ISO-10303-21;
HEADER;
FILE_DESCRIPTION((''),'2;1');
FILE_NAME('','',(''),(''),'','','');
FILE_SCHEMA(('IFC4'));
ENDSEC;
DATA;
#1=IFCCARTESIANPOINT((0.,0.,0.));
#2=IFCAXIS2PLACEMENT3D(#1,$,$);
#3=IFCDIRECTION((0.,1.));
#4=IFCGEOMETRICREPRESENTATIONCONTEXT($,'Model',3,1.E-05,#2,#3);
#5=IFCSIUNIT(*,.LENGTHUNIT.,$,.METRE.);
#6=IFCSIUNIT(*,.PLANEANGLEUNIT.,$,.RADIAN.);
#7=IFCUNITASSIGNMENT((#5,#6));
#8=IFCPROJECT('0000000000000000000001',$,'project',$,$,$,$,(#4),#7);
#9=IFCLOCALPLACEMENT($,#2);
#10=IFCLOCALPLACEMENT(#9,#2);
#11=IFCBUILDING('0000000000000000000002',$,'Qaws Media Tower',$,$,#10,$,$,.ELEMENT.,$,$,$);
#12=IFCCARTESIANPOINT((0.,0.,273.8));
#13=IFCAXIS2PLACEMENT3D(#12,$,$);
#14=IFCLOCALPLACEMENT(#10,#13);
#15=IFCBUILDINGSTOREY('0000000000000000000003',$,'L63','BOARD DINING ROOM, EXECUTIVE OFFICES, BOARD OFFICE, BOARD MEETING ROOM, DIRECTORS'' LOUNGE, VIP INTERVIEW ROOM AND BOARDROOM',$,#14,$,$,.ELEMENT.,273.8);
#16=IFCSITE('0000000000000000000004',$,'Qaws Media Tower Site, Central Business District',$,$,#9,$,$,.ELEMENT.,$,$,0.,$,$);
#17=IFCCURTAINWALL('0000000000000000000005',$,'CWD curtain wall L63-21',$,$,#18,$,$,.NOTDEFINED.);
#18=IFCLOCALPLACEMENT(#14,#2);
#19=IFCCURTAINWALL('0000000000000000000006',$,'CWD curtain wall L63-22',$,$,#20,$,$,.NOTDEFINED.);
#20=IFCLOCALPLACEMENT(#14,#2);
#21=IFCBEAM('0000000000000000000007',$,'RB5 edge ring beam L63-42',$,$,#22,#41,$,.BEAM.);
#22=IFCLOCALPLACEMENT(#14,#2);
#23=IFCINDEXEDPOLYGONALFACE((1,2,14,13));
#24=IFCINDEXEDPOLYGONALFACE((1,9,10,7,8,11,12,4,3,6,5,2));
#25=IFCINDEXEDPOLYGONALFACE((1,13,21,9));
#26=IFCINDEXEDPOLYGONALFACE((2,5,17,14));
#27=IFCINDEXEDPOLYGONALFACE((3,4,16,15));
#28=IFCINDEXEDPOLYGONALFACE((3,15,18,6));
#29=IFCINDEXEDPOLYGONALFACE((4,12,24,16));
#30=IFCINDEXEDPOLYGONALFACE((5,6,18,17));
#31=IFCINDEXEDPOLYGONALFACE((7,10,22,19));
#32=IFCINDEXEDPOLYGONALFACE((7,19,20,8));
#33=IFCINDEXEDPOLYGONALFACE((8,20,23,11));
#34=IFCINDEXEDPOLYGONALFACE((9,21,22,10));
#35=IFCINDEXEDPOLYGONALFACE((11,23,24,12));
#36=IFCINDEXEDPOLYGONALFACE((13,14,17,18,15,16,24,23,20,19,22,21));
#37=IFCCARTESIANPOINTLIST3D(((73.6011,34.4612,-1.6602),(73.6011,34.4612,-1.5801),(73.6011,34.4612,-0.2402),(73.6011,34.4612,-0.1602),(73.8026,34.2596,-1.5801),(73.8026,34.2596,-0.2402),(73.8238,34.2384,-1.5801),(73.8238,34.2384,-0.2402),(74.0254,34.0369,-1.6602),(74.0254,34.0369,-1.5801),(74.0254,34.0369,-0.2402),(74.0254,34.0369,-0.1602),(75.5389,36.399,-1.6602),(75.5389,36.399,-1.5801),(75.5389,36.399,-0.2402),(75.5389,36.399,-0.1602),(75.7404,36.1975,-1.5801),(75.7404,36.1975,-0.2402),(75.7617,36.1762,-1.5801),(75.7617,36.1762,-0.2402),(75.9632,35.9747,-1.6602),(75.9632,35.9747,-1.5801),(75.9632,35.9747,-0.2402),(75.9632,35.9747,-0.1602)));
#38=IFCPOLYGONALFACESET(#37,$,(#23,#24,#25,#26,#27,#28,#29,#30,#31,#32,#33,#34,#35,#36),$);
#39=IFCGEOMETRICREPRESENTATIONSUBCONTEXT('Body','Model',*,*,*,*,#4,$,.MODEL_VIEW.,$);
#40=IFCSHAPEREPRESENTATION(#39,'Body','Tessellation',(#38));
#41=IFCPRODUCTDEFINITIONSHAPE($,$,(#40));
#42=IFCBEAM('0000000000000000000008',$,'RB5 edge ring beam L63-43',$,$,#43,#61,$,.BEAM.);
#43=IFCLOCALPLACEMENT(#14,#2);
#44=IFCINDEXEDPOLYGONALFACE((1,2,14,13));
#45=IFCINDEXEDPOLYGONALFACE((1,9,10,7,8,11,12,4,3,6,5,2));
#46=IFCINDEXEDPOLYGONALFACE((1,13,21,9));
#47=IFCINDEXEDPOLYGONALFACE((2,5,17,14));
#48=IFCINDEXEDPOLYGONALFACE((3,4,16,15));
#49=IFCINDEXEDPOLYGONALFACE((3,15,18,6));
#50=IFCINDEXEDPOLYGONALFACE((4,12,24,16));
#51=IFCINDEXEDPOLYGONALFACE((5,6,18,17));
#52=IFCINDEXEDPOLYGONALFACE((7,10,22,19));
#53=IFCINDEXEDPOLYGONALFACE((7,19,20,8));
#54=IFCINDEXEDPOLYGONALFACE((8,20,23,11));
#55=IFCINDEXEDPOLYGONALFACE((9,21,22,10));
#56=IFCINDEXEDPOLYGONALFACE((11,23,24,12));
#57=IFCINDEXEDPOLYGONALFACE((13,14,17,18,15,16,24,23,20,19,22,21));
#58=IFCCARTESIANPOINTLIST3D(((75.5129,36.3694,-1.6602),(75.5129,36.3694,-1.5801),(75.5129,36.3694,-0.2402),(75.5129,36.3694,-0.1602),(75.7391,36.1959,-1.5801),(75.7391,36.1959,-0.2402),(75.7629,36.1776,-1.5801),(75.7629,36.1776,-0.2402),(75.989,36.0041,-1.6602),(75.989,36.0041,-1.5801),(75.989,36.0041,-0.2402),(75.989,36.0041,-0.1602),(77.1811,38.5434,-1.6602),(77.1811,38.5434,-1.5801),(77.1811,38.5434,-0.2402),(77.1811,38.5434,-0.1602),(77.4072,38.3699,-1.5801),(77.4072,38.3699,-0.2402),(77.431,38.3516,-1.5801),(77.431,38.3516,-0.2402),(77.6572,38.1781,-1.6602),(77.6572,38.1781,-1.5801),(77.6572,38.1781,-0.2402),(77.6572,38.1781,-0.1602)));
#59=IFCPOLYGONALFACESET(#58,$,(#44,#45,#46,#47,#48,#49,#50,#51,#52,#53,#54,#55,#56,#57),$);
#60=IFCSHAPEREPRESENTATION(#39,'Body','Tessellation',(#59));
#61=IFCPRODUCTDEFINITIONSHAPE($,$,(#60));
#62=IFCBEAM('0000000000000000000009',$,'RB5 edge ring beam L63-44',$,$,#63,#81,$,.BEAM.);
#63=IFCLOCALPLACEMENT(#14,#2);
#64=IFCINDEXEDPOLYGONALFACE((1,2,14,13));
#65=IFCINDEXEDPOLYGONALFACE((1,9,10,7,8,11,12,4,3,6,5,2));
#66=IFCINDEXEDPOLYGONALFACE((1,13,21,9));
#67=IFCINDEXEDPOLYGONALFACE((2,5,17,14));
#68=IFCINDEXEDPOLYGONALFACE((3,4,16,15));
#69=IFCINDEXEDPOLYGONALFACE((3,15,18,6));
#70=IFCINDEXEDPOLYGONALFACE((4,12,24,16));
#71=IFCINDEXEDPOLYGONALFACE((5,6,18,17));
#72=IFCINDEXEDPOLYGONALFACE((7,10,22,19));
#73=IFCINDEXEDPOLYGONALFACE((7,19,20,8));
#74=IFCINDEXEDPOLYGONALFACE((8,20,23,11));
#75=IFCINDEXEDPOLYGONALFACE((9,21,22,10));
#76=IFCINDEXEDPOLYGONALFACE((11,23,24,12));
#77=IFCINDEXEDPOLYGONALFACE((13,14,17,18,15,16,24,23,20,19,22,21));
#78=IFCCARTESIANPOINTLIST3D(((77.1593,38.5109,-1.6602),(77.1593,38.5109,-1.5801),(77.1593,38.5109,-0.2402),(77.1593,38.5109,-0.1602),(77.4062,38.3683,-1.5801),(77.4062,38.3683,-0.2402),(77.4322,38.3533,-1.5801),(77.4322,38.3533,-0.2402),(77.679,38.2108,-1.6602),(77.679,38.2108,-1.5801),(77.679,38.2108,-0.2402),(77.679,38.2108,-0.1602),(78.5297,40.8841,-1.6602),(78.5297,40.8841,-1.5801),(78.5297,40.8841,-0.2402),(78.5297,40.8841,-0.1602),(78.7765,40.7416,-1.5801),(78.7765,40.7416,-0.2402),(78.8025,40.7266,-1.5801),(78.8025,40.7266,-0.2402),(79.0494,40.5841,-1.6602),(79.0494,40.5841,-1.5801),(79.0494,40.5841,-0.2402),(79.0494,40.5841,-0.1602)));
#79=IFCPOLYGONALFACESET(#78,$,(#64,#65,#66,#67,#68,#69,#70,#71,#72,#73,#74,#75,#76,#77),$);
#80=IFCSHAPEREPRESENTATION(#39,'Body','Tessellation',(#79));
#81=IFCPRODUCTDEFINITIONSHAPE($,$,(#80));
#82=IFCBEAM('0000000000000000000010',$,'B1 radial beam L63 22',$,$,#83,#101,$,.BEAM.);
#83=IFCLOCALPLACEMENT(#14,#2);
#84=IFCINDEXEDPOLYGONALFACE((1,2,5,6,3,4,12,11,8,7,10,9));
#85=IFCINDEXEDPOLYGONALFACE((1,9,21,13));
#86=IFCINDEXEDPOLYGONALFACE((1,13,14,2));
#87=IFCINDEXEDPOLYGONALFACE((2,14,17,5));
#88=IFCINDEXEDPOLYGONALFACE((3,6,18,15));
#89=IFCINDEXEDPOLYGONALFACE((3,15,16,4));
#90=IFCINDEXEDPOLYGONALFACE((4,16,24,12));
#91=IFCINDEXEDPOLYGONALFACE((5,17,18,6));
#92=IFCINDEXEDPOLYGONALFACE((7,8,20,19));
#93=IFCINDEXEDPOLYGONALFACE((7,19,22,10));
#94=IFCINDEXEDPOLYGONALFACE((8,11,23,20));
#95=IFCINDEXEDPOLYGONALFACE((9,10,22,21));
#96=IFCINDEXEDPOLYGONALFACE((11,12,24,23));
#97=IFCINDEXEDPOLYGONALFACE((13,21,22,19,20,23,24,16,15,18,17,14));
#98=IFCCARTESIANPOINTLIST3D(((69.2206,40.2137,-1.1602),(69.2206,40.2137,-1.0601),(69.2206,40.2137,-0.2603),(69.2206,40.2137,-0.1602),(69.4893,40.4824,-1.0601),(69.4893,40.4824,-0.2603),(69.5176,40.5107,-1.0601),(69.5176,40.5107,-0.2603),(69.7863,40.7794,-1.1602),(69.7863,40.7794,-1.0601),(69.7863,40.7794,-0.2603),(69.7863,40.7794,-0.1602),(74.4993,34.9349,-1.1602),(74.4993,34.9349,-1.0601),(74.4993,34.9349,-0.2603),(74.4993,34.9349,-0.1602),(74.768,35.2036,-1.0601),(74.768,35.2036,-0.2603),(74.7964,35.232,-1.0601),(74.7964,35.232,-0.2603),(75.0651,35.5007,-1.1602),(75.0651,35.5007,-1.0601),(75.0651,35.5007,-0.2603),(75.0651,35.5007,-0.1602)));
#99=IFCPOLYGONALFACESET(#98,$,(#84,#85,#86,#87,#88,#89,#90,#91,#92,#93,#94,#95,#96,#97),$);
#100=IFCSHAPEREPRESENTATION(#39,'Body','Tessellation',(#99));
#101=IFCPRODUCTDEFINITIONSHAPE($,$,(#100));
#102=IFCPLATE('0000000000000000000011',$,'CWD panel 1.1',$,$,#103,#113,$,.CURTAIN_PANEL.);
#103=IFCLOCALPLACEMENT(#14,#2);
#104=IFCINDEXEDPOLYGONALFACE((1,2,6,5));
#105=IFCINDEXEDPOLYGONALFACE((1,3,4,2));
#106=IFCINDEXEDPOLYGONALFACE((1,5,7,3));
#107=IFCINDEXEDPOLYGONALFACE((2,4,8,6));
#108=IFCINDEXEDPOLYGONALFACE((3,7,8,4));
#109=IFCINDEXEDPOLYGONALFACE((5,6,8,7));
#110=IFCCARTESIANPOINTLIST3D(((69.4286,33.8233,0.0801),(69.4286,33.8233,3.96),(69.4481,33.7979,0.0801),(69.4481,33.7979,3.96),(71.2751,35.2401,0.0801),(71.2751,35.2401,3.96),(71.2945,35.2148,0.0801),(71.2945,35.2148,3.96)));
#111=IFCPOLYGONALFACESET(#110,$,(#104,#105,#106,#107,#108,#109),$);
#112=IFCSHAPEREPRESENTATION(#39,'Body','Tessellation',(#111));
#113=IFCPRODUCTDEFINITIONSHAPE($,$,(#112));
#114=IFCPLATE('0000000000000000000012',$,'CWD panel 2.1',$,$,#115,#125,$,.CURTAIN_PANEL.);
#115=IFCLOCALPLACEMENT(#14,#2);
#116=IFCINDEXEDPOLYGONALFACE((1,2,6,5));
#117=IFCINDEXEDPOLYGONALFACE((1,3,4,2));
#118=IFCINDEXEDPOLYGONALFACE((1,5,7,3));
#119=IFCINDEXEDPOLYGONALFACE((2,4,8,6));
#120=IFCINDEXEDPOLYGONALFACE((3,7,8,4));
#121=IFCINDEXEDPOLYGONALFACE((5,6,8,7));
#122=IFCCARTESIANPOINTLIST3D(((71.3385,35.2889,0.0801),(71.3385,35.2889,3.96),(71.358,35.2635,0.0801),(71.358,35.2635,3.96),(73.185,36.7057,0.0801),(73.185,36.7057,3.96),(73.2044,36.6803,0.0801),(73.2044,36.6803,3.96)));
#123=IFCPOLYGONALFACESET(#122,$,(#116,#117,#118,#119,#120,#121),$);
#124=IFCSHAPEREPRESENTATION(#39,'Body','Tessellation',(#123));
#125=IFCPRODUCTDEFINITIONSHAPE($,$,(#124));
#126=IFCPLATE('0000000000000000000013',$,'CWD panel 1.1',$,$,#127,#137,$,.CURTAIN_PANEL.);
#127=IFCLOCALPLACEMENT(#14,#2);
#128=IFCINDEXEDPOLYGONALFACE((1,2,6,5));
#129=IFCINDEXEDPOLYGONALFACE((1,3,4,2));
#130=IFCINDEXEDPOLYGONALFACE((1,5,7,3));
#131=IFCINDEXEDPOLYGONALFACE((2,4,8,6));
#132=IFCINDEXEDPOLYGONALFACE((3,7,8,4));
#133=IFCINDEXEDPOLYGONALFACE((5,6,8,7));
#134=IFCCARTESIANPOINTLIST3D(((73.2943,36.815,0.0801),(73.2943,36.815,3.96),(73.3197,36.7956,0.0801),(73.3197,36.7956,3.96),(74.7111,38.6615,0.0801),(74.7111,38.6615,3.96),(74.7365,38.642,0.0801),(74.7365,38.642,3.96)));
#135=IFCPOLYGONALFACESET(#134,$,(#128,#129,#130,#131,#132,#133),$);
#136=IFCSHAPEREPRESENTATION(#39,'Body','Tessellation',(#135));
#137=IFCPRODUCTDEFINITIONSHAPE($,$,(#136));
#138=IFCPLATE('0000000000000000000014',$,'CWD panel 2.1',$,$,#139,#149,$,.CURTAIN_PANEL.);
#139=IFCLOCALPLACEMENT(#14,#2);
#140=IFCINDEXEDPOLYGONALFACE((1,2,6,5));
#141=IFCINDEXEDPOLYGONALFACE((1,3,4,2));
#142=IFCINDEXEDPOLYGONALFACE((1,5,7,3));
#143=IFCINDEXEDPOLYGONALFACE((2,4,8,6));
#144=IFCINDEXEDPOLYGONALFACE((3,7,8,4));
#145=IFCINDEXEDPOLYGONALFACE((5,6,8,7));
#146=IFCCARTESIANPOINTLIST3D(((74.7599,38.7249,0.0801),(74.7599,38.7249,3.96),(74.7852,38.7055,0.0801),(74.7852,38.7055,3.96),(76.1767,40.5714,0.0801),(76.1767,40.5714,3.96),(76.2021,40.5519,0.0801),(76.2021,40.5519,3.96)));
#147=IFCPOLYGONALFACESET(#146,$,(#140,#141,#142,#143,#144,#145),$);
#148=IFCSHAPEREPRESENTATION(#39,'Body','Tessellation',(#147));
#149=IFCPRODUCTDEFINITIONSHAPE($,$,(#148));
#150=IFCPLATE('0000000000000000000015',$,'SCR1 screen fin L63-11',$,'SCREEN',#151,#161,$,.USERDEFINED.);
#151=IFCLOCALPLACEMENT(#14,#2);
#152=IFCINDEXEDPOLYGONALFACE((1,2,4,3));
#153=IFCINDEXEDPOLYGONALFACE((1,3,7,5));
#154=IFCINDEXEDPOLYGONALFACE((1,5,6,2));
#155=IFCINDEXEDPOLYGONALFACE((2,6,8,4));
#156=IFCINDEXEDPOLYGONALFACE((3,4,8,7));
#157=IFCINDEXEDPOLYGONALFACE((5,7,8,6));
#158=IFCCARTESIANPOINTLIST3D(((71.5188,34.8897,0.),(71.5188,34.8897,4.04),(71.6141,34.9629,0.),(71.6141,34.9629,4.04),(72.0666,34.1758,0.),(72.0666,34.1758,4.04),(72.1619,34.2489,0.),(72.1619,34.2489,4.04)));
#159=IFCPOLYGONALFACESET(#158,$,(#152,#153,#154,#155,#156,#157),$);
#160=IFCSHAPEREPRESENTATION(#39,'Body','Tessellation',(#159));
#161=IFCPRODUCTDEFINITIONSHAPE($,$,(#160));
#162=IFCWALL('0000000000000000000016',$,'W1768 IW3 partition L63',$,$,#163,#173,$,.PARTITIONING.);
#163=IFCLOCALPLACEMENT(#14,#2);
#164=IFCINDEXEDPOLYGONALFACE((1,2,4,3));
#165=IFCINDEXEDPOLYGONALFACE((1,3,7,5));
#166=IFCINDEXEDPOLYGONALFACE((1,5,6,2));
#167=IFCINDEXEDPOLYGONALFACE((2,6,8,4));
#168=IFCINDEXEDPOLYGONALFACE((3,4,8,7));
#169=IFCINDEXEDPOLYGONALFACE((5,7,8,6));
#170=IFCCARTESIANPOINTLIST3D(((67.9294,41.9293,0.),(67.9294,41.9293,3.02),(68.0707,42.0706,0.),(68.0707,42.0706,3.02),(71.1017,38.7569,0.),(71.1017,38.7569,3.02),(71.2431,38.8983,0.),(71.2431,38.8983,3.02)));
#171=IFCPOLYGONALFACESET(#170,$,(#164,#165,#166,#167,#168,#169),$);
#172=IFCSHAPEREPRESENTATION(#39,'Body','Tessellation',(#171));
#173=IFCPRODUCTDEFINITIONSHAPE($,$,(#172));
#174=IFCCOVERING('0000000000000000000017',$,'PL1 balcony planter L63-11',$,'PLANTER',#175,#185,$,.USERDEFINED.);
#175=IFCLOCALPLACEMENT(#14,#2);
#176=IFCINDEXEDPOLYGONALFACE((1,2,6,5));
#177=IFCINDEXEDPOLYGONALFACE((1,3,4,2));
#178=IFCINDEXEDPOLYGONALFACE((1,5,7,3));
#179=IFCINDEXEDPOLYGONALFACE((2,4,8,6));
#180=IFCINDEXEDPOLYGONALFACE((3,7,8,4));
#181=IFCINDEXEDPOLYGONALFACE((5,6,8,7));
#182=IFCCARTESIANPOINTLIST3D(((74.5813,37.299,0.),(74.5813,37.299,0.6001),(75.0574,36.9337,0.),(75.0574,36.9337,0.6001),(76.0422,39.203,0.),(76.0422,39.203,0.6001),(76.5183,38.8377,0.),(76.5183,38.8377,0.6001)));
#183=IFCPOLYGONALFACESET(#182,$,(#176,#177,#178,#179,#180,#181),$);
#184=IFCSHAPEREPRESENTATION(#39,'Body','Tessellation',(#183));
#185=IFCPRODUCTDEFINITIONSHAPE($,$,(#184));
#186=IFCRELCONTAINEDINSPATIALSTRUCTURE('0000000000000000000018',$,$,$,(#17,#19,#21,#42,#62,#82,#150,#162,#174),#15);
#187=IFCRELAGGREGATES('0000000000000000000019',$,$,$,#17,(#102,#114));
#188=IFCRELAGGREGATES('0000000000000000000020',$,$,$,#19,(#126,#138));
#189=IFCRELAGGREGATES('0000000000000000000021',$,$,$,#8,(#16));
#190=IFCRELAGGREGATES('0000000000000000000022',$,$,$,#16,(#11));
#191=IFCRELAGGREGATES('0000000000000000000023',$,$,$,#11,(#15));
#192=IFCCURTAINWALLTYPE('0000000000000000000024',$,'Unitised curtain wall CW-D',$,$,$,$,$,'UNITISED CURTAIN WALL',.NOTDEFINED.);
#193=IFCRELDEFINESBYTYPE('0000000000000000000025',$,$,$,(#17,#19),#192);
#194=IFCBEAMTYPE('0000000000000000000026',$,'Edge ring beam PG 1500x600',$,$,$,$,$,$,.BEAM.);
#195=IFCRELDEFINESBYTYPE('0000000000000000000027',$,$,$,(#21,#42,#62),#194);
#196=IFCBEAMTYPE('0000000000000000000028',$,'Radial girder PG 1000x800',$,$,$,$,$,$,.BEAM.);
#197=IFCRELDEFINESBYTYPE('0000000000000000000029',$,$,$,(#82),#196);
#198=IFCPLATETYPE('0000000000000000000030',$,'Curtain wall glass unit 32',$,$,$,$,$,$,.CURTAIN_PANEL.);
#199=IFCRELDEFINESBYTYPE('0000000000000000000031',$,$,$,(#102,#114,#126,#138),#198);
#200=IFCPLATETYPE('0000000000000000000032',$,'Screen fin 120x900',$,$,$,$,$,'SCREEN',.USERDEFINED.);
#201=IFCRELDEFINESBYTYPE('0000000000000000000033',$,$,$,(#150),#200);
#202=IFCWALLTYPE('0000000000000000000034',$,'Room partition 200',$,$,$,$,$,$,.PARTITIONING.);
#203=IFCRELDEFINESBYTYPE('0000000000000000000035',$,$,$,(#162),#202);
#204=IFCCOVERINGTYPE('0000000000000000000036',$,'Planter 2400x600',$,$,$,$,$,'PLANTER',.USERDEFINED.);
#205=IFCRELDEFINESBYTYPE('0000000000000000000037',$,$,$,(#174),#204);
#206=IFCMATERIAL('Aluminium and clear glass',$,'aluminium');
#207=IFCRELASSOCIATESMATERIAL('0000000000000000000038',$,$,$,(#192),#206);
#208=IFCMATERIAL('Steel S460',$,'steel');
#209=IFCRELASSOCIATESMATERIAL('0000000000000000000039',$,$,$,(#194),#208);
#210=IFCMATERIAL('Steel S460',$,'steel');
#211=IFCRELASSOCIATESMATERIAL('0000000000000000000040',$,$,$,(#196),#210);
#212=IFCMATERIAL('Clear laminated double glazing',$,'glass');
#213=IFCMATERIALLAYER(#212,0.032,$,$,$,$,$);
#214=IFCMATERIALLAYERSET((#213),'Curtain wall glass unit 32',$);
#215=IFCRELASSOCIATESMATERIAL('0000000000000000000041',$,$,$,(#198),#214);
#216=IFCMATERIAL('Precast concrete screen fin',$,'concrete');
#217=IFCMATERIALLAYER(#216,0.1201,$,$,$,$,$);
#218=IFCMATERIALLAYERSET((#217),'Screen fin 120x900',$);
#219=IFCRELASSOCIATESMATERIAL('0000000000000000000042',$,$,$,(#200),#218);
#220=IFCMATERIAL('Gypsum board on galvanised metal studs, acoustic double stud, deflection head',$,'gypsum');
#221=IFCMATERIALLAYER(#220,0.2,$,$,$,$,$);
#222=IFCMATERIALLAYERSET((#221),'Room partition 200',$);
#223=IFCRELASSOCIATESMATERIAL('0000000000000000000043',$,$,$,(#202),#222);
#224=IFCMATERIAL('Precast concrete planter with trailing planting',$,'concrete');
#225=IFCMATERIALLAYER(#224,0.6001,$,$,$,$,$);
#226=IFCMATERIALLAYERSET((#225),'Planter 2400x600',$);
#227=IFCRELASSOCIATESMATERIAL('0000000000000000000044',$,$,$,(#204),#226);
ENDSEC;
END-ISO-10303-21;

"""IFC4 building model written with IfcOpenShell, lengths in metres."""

from ifc_helpers import new_model, si_unit, direction, frame, frame_2d, origin, origin_2d, place, context, subcontext, project, spatial, rectangle, i_section, extrude, material, layer, layer_set, material_profile, profile_set, type_object, element, aggregate, save


model = new_model("IFC4")

# Units and contexts
model_context = context("Model", 3, precision=1e-05, world=origin(), true_north=direction((0.0, 1.0)))
body_context = subcontext(model_context, "Body", "Model", "MODEL_VIEW")
ifc_project = project(units=[si_unit("LENGTHUNIT", "METRE"), si_unit("PLANEANGLEUNIT", "RADIAN")], contexts=[model_context])

# Site, building, storey
site_placement = place(None, origin())
site = spatial("IfcSite", under=ifc_project, at=site_placement, Name="Qaws Media Tower Site, Central Business District", CompositionType="ELEMENT", RefElevation=0.0)
building_placement = place(site_placement, origin())
building = spatial("IfcBuilding", under=site, at=building_placement, Name="Qaws Media Tower", CompositionType="ELEMENT")
storey_placement = place(building_placement, frame((0.0, 0.0, 273.8)))
storey = spatial("IfcBuildingStorey", under=building, at=storey_placement, Name="L63", Description="BOARD DINING ROOM, EXECUTIVE OFFICES, BOARD OFFICE, BOARD MEETING ROOM, DIRECTORS' LOUNGE, VIP INTERVIEW ROOM AND BOARDROOM", CompositionType="ELEMENT", Elevation=273.8)

# Curtain walls
ifc_material_1 = material(Name="Aluminium and clear glass", Category="aluminium")
curtain_wall_type = type_object("IfcCurtainWallType", Name="Unitised curtain wall CW-D", ElementType="UNITISED CURTAIN WALL", PredefinedType="NOTDEFINED", material=ifc_material_1)
curtain_wall_1_placement = place(storey_placement, origin())
curtain_wall_1 = element("IfcCurtainWall", 1, at=curtain_wall_1_placement, inside=storey, type_object=curtain_wall_type, Name="CWD curtain wall L63-21", PredefinedType="NOTDEFINED")
curtain_wall_2_placement = place(storey_placement, origin())
curtain_wall_2 = element("IfcCurtainWall", 2, at=curtain_wall_2_placement, inside=storey, type_object=curtain_wall_type, Name="CWD curtain wall L63-22", PredefinedType="NOTDEFINED")

# Beams
ifc_material_2 = material(Name="Steel S460", Category="steel")
ifc_material_profile_1 = material_profile(ifc_material_2, i_section(OverallWidth=0.6001, OverallDepth=1.5, WebThickness=0.03, FlangeThickness=0.0801, at=origin_2d()), Name="PG 1500x600")
ifc_profile_set_1 = profile_set([ifc_material_profile_1], Name="Steel S460")
beam_type_1 = type_object("IfcBeamType", Name="Edge ring beam PG 1500x600", PredefinedType="BEAM", material=ifc_profile_set_1)
beam_1_placement = place(storey_placement, frame((73.8132, 34.249, -0.9102), z_axis=(0.707107, 0.707107, 0.0), x_axis=(-0.707107, 0.707107, 0.0)))
element("IfcBeam", 3, at=beam_1_placement, inside=storey, type_object=beam_type_1, Name="RB5 edge ring beam L63-42", PredefinedType="BEAM", context=body_context, shape_type="SweptSolid", body=[
    extrude(i_section(OverallWidth=0.6001, OverallDepth=1.5, WebThickness=0.03, FlangeThickness=0.0801, at=origin_2d()), origin(), (0.0, 0.0, 1.0), 2.7405),
])
beam_2_placement = place(storey_placement, frame((75.751, 36.1868, -0.9102), z_axis=(0.608759, 0.793355, 0.0), x_axis=(-0.793355, 0.608759, 0.0)))
element("IfcBeam", 4, at=beam_2_placement, inside=storey, type_object=beam_type_1, Name="RB5 edge ring beam L63-43", PredefinedType="BEAM", context=body_context, shape_type="SweptSolid", body=[
    extrude(i_section(OverallWidth=0.6001, OverallDepth=1.5, WebThickness=0.03, FlangeThickness=0.0801, at=origin_2d()), origin(), (0.0, 0.0, 1.0), 2.7402),
])
beam_3_placement = place(storey_placement, frame((77.4192, 38.3608, -0.9102), z_axis=(0.500039, 0.866003, 0.0), x_axis=(-0.866003, 0.500039, 0.0)))
element("IfcBeam", 5, at=beam_3_placement, inside=storey, type_object=beam_type_1, Name="RB5 edge ring beam L63-44", PredefinedType="BEAM", context=body_context, shape_type="SweptSolid", body=[
    extrude(i_section(OverallWidth=0.6001, OverallDepth=1.5, WebThickness=0.03, FlangeThickness=0.0801, at=origin_2d()), origin(), (0.0, 0.0, 1.0), 2.7405),
])
ifc_material_3 = material(Name="Steel S460", Category="steel")
ifc_material_profile_2 = material_profile(ifc_material_3, i_section(OverallWidth=0.8, OverallDepth=1.0, WebThickness=0.04, FlangeThickness=0.1001, at=origin_2d()), Name="PG 1000x800")
ifc_profile_set_2 = profile_set([ifc_material_profile_2], Name="Steel S460")
beam_type_2 = type_object("IfcBeamType", Name="Radial girder PG 1000x800", PredefinedType="BEAM", material=ifc_profile_set_2)
beam_4_placement = place(storey_placement, frame((69.5034, 40.4966, -0.6602), z_axis=(0.707107, -0.707107, 0.0), x_axis=(0.707107, 0.707107, 0.0)))
element("IfcBeam", 6, at=beam_4_placement, inside=storey, type_object=beam_type_2, Name="B1 radial beam L63 22", PredefinedType="BEAM", context=body_context, shape_type="SweptSolid", body=[
    extrude(i_section(OverallWidth=0.8, OverallDepth=1.0, WebThickness=0.04, FlangeThickness=0.1001, at=origin_2d()), origin(), (0.0, 0.0, 1.0), 7.4653),
])

# Plates
ifc_material_4 = material(Name="Clear laminated double glazing", Category="glass")
ifc_layer_1 = layer(ifc_material_4, 0.032)
ifc_layer_set_1 = layer_set([ifc_layer_1], Name="Curtain wall glass unit 32")
plate_type_1 = type_object("IfcPlateType", Name="Curtain wall glass unit 32", PredefinedType="CURTAIN_PANEL", material=ifc_layer_set_1)
plate_1_placement = place(storey_placement, frame((70.3616, 34.519, 0.0801), z_axis=(0.0, 0.0, 1.0), x_axis=(0.793353, 0.608761, 0.0)))
plate_1 = element("IfcPlate", 7, at=plate_1_placement, type_object=plate_type_1, Name="CWD panel 1.1", PredefinedType="CURTAIN_PANEL", context=body_context, shape_type="SweptSolid", body=[
    extrude(rectangle(XDim=2.3274, YDim=0.032, at=origin_2d()), origin(), (0.0, 0.0, 1.0), 3.8799),
])
plate_2_placement = place(storey_placement, frame((72.2715, 35.9846, 0.0801), z_axis=(0.0, 0.0, 1.0), x_axis=(0.793353, 0.608761, 0.0)))
plate_2 = element("IfcPlate", 8, at=plate_2_placement, type_object=plate_type_1, Name="CWD panel 2.1", PredefinedType="CURTAIN_PANEL", context=body_context, shape_type="SweptSolid", body=[
    extrude(rectangle(XDim=2.3274, YDim=0.032, at=origin_2d()), origin(), (0.0, 0.0, 1.0), 3.8799),
])
aggregate(curtain_wall_1, [plate_1, plate_2])
plate_3_placement = place(storey_placement, frame((74.0154, 37.7285, 0.0801), z_axis=(0.0, 0.0, 1.0), x_axis=(0.608761, 0.793353, 0.0)))
plate_3 = element("IfcPlate", 9, at=plate_3_placement, type_object=plate_type_1, Name="CWD panel 1.1", PredefinedType="CURTAIN_PANEL", context=body_context, shape_type="SweptSolid", body=[
    extrude(rectangle(XDim=2.3274, YDim=0.032, at=origin_2d()), origin(), (0.0, 0.0, 1.0), 3.8799),
])
plate_4_placement = place(storey_placement, frame((75.481, 39.6384, 0.0801), z_axis=(0.0, 0.0, 1.0), x_axis=(0.608761, 0.793353, 0.0)))
plate_4 = element("IfcPlate", 10, at=plate_4_placement, type_object=plate_type_1, Name="CWD panel 2.1", PredefinedType="CURTAIN_PANEL", context=body_context, shape_type="SweptSolid", body=[
    extrude(rectangle(XDim=2.3274, YDim=0.032, at=origin_2d()), origin(), (0.0, 0.0, 1.0), 3.8799),
])
aggregate(curtain_wall_2, [plate_3, plate_4])
ifc_material_5 = material(Name="Precast concrete screen fin", Category="concrete")
ifc_layer_2 = layer(ifc_material_5, 0.1201)
ifc_layer_set_2 = layer_set([ifc_layer_2], Name="Screen fin 120x900")
plate_type_2 = type_object("IfcPlateType", Name="Screen fin 120x900", ElementType="SCREEN", PredefinedType="USERDEFINED", material=ifc_layer_set_2)
plate_5_placement = place(storey_placement, frame((71.8403, 34.5693, 0.0), z_axis=(0.0, 0.0, 1.0), x_axis=(0.608761, -0.793353, 0.0)))
element("IfcPlate", 11, at=plate_5_placement, inside=storey, type_object=plate_type_2, Name="SCR1 screen fin L63-11", ObjectType="SCREEN", PredefinedType="USERDEFINED", context=body_context, shape_type="SweptSolid", body=[
    extrude(rectangle(XDim=0.8999, YDim=0.1201, at=origin_2d()), origin(), (0.0, 0.0, 1.0), 4.04),
])

# Wall
ifc_material_6 = material(Name="Gypsum board on galvanised metal studs, acoustic double stud, deflection head", Category="gypsum")
ifc_layer_3 = layer(ifc_material_6, 0.2)
ifc_layer_set_3 = layer_set([ifc_layer_3], Name="Room partition 200")
wall_type = type_object("IfcWallType", Name="Room partition 200", PredefinedType="PARTITIONING", material=ifc_layer_set_3)
wall_placement = place(storey_placement, frame((71.1724, 38.8276, 0.0), z_axis=(0.0, 0.0, 1.0), x_axis=(-0.707107, 0.707107, 0.0)))
element("IfcWall", 12, at=wall_placement, inside=storey, type_object=wall_type, Name="W1768 IW3 partition L63", PredefinedType="PARTITIONING", context=body_context, shape_type="SweptSolid", body=[
    extrude(rectangle(XDim=4.4863, YDim=0.2, at=frame_2d((2.2432, 0.0))), origin(), (0.0, 0.0, 1.0), 3.02),
])

# Covering
ifc_material_7 = material(Name="Precast concrete planter with trailing planting", Category="concrete")
ifc_layer_4 = layer(ifc_material_7, 0.6001)
ifc_layer_set_4 = layer_set([ifc_layer_4], Name="Planter 2400x600")
covering_type = type_object("IfcCoveringType", Name="Planter 2400x600", ElementType="PLANTER", PredefinedType="USERDEFINED", material=ifc_layer_set_4)
covering_placement = place(storey_placement, frame((75.5498, 38.0684, 0.0), z_axis=(0.0, 0.0, 1.0), x_axis=(0.608761, 0.793353, 0.0)))
element("IfcCovering", 13, at=covering_placement, inside=storey, type_object=covering_type, Name="PL1 balcony planter L63-11", ObjectType="PLANTER", PredefinedType="USERDEFINED", context=body_context, shape_type="SweptSolid", body=[
    extrude(rectangle(XDim=2.3999, YDim=0.6001, at=origin_2d()), origin(), (0.0, 0.0, 1.0), 0.6001),
])

save(model, "model.ifc")
